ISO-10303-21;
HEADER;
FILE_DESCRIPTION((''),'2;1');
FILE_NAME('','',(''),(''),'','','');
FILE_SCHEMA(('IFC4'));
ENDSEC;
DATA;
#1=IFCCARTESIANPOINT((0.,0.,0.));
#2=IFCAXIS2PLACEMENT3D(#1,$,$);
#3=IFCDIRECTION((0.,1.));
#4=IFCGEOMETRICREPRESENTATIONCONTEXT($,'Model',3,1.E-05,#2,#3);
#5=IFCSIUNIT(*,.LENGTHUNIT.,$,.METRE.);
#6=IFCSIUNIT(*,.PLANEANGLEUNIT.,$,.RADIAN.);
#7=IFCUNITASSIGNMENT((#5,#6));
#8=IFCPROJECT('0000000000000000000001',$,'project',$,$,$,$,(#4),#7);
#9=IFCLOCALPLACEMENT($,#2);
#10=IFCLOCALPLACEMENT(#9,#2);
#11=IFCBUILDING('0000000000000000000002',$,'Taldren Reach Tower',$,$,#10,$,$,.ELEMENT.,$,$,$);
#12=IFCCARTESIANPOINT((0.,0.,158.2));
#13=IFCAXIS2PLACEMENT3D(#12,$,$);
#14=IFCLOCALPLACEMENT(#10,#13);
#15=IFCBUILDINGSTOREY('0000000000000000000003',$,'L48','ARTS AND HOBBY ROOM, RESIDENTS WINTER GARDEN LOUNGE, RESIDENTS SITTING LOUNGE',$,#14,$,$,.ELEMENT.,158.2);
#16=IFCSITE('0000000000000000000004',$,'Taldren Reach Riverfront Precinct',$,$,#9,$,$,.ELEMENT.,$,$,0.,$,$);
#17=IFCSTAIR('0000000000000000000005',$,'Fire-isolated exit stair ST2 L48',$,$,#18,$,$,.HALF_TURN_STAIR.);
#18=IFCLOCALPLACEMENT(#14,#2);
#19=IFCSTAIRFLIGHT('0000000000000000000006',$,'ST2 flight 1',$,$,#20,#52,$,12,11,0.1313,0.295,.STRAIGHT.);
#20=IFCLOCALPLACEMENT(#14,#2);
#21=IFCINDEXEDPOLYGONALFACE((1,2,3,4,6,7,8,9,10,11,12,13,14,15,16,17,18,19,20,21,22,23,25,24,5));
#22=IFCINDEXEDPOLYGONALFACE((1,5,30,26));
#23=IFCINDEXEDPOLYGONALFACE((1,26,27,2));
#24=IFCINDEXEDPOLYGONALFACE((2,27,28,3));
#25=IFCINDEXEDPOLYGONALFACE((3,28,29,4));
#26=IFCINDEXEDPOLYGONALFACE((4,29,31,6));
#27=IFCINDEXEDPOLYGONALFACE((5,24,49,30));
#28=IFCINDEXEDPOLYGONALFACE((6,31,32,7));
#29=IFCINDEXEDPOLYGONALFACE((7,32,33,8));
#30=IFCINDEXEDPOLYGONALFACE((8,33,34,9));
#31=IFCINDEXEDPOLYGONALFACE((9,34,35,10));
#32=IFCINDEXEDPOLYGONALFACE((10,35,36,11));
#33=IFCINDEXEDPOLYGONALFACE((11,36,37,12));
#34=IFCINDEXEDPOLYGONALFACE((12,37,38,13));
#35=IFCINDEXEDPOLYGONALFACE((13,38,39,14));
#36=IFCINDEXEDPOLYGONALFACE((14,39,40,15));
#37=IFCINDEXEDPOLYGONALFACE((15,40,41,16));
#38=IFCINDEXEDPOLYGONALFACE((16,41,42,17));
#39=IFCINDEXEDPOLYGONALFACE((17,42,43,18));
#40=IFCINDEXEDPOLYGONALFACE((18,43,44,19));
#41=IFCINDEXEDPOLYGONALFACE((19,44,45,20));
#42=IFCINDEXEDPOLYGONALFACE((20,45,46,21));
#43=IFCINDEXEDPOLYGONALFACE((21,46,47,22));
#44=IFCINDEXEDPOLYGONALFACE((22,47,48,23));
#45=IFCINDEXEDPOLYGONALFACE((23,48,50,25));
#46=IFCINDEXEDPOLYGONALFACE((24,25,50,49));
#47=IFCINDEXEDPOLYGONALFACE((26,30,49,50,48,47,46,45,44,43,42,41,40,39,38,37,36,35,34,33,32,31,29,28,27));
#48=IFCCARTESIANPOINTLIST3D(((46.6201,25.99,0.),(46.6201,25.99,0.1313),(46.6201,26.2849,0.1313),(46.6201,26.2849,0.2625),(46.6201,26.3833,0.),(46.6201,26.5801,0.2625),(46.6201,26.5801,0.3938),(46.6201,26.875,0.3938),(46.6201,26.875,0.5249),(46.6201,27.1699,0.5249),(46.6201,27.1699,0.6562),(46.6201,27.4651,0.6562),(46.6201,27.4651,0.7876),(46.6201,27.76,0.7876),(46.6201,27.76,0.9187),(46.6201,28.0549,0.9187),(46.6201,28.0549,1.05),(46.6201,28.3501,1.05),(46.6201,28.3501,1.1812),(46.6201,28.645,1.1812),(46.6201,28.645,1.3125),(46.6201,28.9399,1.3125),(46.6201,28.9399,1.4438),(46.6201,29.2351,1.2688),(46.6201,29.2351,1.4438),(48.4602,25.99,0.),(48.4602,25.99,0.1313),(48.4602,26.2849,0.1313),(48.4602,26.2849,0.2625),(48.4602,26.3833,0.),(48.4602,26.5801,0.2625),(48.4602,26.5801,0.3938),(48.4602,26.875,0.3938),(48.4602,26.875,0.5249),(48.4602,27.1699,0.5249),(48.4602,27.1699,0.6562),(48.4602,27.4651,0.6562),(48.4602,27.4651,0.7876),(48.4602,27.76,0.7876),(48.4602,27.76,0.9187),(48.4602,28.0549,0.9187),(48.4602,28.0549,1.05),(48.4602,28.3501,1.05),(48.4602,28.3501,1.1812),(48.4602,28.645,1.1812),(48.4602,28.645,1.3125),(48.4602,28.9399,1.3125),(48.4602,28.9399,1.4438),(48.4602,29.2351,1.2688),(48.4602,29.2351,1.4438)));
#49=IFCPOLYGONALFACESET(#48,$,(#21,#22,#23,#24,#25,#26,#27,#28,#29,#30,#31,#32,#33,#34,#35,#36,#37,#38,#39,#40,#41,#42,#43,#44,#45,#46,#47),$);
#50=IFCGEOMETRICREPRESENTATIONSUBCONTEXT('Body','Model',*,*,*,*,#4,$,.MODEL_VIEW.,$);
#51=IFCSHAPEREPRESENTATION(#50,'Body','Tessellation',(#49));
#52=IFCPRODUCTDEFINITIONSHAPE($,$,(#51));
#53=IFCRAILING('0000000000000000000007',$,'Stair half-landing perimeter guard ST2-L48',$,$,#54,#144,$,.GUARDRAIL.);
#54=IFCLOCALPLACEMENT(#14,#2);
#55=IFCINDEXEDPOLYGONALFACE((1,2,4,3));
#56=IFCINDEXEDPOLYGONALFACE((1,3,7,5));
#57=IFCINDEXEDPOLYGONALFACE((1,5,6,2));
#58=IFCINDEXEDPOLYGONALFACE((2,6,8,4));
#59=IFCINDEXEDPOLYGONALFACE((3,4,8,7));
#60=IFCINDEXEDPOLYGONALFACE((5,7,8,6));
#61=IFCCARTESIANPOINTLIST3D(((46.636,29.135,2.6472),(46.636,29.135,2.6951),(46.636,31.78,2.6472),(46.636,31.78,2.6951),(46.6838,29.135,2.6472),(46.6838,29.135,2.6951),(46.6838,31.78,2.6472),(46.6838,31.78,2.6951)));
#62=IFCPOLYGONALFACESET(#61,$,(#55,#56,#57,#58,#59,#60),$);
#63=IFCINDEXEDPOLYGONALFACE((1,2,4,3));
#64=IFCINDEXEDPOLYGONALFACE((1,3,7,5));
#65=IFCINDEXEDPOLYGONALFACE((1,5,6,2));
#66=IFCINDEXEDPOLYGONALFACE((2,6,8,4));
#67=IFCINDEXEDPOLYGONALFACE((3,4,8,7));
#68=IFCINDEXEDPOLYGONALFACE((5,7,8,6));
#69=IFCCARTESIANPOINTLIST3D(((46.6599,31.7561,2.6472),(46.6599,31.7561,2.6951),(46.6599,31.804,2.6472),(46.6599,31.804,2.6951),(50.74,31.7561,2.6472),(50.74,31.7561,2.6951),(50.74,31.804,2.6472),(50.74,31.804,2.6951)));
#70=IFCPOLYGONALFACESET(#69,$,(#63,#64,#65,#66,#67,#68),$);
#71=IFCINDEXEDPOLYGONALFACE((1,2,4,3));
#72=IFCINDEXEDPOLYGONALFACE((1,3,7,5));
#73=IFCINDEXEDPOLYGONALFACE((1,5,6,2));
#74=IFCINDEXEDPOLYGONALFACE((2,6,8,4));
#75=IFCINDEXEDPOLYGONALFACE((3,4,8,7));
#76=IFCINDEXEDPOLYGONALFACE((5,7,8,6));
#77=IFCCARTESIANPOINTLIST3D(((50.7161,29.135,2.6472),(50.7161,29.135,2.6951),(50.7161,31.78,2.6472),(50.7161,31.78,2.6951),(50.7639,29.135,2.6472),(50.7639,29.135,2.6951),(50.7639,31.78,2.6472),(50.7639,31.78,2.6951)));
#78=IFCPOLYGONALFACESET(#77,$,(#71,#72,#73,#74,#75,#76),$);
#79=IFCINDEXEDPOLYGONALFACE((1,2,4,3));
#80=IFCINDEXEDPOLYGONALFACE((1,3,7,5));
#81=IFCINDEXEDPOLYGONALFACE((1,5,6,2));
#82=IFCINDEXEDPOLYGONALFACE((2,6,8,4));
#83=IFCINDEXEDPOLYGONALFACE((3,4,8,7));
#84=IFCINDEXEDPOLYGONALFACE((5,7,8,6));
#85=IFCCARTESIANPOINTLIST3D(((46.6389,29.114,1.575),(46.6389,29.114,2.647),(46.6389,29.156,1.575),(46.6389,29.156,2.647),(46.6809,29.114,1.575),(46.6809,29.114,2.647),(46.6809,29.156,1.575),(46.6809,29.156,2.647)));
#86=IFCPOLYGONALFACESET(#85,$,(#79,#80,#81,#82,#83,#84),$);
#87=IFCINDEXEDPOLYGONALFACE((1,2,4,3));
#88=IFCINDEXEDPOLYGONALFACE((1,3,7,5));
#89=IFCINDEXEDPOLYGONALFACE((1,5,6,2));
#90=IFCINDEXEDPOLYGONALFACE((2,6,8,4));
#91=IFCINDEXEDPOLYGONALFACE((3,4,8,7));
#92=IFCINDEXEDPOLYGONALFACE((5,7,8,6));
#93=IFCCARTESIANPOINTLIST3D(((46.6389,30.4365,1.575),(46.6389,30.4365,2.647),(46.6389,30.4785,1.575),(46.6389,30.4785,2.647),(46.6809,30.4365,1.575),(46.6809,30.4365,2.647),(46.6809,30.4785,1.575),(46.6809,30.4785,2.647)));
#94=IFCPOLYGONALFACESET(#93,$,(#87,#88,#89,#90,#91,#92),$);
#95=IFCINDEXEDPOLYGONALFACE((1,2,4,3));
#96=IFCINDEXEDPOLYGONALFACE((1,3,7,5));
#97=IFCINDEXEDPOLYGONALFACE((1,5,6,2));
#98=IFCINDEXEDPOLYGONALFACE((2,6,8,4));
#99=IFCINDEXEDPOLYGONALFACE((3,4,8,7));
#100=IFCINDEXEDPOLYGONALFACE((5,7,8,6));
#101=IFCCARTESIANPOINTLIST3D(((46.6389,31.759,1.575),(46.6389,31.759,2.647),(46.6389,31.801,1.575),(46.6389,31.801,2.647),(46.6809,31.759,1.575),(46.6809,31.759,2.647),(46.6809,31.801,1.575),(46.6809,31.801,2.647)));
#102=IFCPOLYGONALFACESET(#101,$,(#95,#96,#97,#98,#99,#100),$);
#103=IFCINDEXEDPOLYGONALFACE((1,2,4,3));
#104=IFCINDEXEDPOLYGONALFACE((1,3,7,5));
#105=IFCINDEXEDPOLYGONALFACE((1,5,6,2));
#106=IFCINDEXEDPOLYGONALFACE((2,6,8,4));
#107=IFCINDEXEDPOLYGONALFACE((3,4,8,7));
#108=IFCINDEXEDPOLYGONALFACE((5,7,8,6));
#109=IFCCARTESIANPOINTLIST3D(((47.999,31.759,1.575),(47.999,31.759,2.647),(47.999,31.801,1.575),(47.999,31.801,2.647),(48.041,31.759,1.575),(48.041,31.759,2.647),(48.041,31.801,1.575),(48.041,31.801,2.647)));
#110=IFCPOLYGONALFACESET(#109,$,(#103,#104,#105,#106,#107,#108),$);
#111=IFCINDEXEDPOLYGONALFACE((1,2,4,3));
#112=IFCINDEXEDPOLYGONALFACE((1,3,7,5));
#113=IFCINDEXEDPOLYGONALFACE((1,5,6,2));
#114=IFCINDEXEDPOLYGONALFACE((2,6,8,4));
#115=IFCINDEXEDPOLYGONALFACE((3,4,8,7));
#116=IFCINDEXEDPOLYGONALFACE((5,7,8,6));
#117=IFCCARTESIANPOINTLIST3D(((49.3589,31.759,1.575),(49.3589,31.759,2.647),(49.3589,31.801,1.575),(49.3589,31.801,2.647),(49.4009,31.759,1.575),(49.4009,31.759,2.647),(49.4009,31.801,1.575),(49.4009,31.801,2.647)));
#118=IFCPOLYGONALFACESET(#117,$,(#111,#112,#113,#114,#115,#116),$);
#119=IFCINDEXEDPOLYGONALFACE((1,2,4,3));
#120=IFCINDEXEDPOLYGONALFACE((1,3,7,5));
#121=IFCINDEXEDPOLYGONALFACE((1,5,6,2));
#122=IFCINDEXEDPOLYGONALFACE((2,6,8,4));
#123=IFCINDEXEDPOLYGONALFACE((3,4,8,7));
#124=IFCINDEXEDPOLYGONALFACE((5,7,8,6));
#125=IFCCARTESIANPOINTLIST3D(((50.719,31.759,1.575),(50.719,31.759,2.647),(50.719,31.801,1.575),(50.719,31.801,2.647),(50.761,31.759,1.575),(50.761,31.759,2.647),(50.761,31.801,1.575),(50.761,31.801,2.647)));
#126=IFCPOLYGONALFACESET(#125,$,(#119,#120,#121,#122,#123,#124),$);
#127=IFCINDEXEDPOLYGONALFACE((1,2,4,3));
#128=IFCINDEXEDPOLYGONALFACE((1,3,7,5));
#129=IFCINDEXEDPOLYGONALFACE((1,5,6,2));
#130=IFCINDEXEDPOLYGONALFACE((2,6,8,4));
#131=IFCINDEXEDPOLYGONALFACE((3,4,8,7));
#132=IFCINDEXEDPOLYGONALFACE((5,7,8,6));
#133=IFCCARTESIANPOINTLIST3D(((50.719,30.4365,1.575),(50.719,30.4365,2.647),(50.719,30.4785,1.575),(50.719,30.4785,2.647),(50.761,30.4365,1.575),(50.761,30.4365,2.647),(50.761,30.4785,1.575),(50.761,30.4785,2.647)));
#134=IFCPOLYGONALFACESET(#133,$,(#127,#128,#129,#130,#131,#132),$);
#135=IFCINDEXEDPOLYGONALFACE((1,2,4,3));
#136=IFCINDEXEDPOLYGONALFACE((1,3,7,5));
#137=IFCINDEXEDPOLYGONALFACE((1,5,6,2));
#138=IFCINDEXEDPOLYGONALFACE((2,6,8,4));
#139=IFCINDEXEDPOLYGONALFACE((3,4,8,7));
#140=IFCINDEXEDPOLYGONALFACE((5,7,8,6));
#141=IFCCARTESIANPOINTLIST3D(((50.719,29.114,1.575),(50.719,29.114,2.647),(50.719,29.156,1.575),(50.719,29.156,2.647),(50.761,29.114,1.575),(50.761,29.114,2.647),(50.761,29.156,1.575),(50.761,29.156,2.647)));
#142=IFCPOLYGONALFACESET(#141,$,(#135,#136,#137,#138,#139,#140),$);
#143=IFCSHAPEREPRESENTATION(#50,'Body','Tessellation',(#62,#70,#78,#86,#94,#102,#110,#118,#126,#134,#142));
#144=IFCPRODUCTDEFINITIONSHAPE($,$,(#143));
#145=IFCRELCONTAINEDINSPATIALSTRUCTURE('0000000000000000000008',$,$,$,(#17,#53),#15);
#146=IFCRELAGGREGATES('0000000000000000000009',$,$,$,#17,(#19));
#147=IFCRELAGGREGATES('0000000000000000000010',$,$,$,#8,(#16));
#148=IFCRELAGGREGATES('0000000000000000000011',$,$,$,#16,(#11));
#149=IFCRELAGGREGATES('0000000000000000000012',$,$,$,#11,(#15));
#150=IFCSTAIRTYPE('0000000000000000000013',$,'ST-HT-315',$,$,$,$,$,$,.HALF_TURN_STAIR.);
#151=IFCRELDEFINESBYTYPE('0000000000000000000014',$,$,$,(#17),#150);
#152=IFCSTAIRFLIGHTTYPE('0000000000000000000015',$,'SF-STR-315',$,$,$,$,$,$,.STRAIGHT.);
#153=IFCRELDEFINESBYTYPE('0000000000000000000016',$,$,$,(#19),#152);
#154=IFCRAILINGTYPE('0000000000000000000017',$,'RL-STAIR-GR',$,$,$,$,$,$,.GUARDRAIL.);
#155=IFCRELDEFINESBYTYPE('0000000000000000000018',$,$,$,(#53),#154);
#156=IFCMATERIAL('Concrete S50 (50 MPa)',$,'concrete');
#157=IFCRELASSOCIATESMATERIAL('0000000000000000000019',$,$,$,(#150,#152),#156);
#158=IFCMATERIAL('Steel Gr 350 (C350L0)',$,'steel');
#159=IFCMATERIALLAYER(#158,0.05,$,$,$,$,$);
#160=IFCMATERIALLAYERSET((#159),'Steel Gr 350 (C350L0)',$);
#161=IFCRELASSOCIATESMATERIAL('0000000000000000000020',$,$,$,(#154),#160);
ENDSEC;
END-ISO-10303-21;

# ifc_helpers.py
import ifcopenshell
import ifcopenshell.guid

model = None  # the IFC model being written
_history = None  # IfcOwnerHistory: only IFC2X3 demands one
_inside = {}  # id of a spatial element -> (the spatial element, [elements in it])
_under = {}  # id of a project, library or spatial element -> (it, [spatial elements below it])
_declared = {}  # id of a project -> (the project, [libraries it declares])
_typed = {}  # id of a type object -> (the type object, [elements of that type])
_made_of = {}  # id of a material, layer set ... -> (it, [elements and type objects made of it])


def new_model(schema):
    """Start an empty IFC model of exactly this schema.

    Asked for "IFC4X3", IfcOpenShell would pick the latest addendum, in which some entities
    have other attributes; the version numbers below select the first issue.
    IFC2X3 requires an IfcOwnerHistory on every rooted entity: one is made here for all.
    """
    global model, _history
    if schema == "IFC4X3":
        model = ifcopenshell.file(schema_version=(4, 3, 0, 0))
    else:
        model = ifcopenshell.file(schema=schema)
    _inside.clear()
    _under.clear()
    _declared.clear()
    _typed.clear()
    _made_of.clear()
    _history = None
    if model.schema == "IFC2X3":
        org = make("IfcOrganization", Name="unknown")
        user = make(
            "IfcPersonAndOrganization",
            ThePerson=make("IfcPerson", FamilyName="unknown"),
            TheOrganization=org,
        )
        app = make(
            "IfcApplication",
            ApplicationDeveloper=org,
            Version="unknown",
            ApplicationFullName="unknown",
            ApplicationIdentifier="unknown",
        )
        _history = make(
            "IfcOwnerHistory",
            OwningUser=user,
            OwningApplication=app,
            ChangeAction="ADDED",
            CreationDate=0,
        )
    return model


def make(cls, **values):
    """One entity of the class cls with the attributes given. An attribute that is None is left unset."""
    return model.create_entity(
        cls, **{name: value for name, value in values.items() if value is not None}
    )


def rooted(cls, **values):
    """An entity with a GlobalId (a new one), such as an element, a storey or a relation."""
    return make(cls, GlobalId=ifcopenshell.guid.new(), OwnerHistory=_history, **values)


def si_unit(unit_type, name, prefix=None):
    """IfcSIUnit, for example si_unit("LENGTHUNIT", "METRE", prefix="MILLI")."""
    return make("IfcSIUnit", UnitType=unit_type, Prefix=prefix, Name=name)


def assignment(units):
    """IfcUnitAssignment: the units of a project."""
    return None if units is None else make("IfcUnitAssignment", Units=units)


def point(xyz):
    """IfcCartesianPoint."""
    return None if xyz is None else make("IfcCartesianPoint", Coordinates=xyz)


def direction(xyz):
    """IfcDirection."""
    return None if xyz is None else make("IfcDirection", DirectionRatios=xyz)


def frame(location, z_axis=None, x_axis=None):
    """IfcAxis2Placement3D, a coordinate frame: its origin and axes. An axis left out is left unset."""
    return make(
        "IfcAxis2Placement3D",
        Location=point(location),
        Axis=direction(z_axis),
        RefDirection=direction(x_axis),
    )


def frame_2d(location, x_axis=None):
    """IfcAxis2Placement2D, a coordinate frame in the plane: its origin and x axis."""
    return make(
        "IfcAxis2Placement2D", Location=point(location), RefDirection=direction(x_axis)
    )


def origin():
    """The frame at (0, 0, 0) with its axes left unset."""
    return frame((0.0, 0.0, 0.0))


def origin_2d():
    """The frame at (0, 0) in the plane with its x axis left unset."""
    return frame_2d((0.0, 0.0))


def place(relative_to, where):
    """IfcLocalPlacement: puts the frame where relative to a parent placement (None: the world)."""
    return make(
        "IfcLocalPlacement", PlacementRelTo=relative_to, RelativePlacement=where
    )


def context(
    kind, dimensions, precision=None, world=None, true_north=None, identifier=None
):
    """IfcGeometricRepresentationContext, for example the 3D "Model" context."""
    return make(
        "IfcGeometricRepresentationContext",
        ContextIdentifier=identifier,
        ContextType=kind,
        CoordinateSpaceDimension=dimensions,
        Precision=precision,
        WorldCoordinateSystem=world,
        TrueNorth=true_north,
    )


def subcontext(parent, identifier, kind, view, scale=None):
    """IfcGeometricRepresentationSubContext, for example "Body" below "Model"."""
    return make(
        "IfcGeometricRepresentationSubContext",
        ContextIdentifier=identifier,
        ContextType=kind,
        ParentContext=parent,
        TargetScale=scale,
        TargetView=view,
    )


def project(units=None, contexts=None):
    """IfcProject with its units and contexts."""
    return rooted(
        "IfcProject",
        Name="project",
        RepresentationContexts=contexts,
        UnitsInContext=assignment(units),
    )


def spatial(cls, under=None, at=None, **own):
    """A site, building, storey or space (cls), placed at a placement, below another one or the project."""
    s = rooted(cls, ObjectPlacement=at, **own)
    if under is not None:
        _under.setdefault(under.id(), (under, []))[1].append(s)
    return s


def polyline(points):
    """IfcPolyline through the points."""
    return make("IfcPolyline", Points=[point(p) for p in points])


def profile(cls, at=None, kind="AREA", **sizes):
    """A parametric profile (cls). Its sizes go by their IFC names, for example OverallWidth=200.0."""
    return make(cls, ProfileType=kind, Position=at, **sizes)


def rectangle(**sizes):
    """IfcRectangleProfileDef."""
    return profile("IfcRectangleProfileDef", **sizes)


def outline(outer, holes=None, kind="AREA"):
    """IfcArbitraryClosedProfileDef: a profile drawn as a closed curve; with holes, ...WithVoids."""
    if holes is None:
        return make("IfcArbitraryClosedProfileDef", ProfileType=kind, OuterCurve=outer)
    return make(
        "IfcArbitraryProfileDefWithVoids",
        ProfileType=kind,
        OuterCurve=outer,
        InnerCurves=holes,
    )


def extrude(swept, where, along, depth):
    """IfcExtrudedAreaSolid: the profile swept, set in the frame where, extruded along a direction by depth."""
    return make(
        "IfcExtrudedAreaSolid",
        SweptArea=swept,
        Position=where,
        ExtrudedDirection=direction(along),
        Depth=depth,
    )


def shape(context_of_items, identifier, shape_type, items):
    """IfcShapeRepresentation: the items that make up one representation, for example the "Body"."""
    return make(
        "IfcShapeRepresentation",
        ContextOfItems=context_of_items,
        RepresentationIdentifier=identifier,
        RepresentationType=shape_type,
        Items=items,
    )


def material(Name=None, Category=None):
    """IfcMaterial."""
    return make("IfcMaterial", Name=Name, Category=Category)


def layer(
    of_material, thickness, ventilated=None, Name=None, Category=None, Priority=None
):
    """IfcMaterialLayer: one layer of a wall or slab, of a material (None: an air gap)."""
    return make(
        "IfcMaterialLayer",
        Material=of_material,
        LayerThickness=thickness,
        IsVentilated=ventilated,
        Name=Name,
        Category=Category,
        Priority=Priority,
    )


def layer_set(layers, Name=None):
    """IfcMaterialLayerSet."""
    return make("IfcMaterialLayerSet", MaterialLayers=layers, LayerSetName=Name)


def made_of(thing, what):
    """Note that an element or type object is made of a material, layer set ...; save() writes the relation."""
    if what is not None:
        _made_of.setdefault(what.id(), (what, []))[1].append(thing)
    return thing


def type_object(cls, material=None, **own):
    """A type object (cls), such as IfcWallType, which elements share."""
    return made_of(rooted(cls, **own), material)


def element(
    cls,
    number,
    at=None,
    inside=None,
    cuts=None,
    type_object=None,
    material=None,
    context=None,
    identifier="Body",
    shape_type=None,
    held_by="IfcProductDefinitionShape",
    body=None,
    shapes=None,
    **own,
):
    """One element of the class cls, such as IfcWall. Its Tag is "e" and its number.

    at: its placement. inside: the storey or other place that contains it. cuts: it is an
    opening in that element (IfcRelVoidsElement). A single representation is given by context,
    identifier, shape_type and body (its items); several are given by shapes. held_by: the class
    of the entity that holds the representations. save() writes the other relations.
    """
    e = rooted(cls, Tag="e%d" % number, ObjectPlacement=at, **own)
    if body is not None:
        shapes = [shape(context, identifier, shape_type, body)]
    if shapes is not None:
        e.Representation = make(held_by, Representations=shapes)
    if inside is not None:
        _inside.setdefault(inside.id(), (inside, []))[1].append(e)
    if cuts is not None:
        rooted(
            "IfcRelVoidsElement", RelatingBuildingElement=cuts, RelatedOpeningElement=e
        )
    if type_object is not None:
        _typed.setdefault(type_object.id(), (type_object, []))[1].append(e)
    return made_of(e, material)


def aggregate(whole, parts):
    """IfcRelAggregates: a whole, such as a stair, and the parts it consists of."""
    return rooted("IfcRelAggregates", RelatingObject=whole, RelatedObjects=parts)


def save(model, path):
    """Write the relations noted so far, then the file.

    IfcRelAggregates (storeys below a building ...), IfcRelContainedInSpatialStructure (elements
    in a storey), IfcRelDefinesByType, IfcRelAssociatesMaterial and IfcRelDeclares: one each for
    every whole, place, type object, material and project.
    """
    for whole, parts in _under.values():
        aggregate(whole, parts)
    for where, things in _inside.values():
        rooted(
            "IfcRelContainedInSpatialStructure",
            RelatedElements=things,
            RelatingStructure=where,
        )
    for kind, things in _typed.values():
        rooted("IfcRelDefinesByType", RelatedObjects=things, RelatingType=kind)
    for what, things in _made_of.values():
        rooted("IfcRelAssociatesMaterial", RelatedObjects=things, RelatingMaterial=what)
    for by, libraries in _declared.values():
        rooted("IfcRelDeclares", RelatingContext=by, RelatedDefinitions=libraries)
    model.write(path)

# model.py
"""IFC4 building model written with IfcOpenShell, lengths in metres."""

from ifc_helpers import new_model, si_unit, direction, frame, origin, origin_2d, place, context, subcontext, project, spatial, polyline, rectangle, outline, extrude, material, layer, layer_set, type_object, element, aggregate, save


model = new_model("IFC4")

# Units and contexts
model_context = context("Model", 3, precision=1e-05, world=origin(), true_north=direction((0.0, 1.0)))
body_context = subcontext(model_context, "Body", "Model", "MODEL_VIEW")
ifc_project = project(units=[si_unit("LENGTHUNIT", "METRE"), si_unit("PLANEANGLEUNIT", "RADIAN")], contexts=[model_context])

# Site, building, storey
site_placement = place(None, origin())
site = spatial("IfcSite", under=ifc_project, at=site_placement, Name="Taldren Reach Riverfront Precinct", CompositionType="ELEMENT", RefElevation=0.0)
building_placement = place(site_placement, origin())
building = spatial("IfcBuilding", under=site, at=building_placement, Name="Taldren Reach Tower", CompositionType="ELEMENT")
storey_placement = place(building_placement, frame((0.0, 0.0, 158.2)))
storey = spatial("IfcBuildingStorey", under=building, at=storey_placement, Name="L48", Description="ARTS AND HOBBY ROOM, RESIDENTS WINTER GARDEN LOUNGE, RESIDENTS SITTING LOUNGE", CompositionType="ELEMENT", Elevation=158.2)

# Shared definitions
ifc_material_1 = material(Name="Steel Gr 350 (C350L0)", Category="steel")

# Shared definitions
ifc_material_2 = material(Name="Concrete S50 (50 MPa)", Category="concrete")

# Stair, stair flight
stair_type = type_object("IfcStairType", Name="ST-HT-315", PredefinedType="HALF_TURN_STAIR", material=ifc_material_2)
stair_placement = place(storey_placement, origin())
stair = element("IfcStair", 1, at=stair_placement, inside=storey, type_object=stair_type, Name="Fire-isolated exit stair ST2 L48", PredefinedType="HALF_TURN_STAIR")
stair_flight_type = type_object("IfcStairFlightType", Name="SF-STR-315", PredefinedType="STRAIGHT", material=ifc_material_2)
stair_flight_placement = place(storey_placement, frame((47.54, 25.99, 0.0), z_axis=(0.0, 0.0, 1.0), x_axis=(0.0, 1.0, 0.0)))
stair_flight = element("IfcStairFlight", 2, at=stair_flight_placement, type_object=stair_flight_type, Name="ST2 flight 1", NumberOfRisers=12, NumberOfTreads=11, PredefinedType="STRAIGHT", RiserHeight=0.1313, TreadLength=0.295, context=body_context, shape_type="SweptSolid", body=[
    extrude(outline(polyline([(0.0, 0.0), (0.0, 0.1313), (0.2949, 0.1313), (0.2949, 0.2625), (0.5901, 0.2625), (0.5901, 0.3938), (0.885, 0.3938), (0.885, 0.5249), (1.1799, 0.5249), (1.1799, 0.6562), (1.4751, 0.6562), (1.4751, 0.7876), (1.77, 0.7876), (1.77, 0.9187), (2.0649, 0.9187), (2.0649, 1.05), (2.3601, 1.05), (2.3601, 1.1812), (2.655, 1.1812), (2.655, 1.3125), (2.95, 1.3125), (2.95, 1.4438), (3.2451, 1.4438), (3.2451, 1.575), (3.2451, 1.2688), (0.3933, 0.0), (0.0, 0.0)])), frame((0.0, 0.9199, 0.0), z_axis=(0.0, -1.0, 0.0), x_axis=(1.0, 0.0, 0.0)), (0.0, 0.0, 1.0), 1.8401),
])
aggregate(stair, [stair_flight])

# Railing
ifc_layer_1 = layer(ifc_material_1, 0.05)
ifc_layer_set_1 = layer_set([ifc_layer_1], Name="Steel Gr 350 (C350L0)")
railing_type_1 = type_object("IfcRailingType", Name="RL-STAIR-GR", PredefinedType="GUARDRAIL", material=ifc_layer_set_1)
railing_1_placement = place(storey_placement, frame((46.6599, 29.135, 1.575)))
element("IfcRailing", 3, at=railing_1_placement, inside=storey, type_object=railing_type_1, Name="Stair half-landing perimeter guard ST2-L48", PredefinedType="GUARDRAIL", context=body_context, shape_type="SweptSolid", body=[
    extrude(rectangle(XDim=0.0479, YDim=0.0479, at=origin_2d()), frame((0.0, 0.0, 1.0962), z_axis=(0.0, 1.0, 0.0), x_axis=(-1.0, 0.0, 0.0)), (0.0, 0.0, 1.0), 2.645),
    extrude(rectangle(XDim=0.0479, YDim=0.0479, at=origin_2d()), frame((0.0, 2.645, 1.0962), z_axis=(1.0, 0.0, 0.0), x_axis=(0.0, 1.0, 0.0)), (0.0, 0.0, 1.0), 4.0801),
    extrude(rectangle(XDim=0.0479, YDim=0.0479, at=origin_2d()), frame((4.0801, 2.645, 1.0962), z_axis=(0.0, -1.0, 0.0), x_axis=(1.0, 0.0, 0.0)), (0.0, 0.0, 1.0), 2.645),
    extrude(rectangle(XDim=0.042, YDim=0.042, at=origin_2d()), origin(), (0.0, 0.0, 1.0), 1.072),
    extrude(rectangle(XDim=0.042, YDim=0.042, at=origin_2d()), frame((0.0, 1.3225, 0.0)), (0.0, 0.0, 1.0), 1.072),
    extrude(rectangle(XDim=0.042, YDim=0.042, at=origin_2d()), frame((0.0, 2.645, 0.0)), (0.0, 0.0, 1.0), 1.072),
    extrude(rectangle(XDim=0.042, YDim=0.042, at=origin_2d()), frame((1.3601, 2.645, 0.0)), (0.0, 0.0, 1.0), 1.072),
    extrude(rectangle(XDim=0.042, YDim=0.042, at=origin_2d()), frame((2.72, 2.645, 0.0)), (0.0, 0.0, 1.0), 1.072),
    extrude(rectangle(XDim=0.042, YDim=0.042, at=origin_2d()), frame((4.0801, 2.645, 0.0)), (0.0, 0.0, 1.0), 1.072),
    extrude(rectangle(XDim=0.042, YDim=0.042, at=origin_2d()), frame((4.0801, 1.3225, 0.0)), (0.0, 0.0, 1.0), 1.072),
    extrude(rectangle(XDim=0.042, YDim=0.042, at=origin_2d()), frame((4.0801, 0.0, 0.0)), (0.0, 0.0, 1.0), 1.072),
])

save(model, "model.ifc")
